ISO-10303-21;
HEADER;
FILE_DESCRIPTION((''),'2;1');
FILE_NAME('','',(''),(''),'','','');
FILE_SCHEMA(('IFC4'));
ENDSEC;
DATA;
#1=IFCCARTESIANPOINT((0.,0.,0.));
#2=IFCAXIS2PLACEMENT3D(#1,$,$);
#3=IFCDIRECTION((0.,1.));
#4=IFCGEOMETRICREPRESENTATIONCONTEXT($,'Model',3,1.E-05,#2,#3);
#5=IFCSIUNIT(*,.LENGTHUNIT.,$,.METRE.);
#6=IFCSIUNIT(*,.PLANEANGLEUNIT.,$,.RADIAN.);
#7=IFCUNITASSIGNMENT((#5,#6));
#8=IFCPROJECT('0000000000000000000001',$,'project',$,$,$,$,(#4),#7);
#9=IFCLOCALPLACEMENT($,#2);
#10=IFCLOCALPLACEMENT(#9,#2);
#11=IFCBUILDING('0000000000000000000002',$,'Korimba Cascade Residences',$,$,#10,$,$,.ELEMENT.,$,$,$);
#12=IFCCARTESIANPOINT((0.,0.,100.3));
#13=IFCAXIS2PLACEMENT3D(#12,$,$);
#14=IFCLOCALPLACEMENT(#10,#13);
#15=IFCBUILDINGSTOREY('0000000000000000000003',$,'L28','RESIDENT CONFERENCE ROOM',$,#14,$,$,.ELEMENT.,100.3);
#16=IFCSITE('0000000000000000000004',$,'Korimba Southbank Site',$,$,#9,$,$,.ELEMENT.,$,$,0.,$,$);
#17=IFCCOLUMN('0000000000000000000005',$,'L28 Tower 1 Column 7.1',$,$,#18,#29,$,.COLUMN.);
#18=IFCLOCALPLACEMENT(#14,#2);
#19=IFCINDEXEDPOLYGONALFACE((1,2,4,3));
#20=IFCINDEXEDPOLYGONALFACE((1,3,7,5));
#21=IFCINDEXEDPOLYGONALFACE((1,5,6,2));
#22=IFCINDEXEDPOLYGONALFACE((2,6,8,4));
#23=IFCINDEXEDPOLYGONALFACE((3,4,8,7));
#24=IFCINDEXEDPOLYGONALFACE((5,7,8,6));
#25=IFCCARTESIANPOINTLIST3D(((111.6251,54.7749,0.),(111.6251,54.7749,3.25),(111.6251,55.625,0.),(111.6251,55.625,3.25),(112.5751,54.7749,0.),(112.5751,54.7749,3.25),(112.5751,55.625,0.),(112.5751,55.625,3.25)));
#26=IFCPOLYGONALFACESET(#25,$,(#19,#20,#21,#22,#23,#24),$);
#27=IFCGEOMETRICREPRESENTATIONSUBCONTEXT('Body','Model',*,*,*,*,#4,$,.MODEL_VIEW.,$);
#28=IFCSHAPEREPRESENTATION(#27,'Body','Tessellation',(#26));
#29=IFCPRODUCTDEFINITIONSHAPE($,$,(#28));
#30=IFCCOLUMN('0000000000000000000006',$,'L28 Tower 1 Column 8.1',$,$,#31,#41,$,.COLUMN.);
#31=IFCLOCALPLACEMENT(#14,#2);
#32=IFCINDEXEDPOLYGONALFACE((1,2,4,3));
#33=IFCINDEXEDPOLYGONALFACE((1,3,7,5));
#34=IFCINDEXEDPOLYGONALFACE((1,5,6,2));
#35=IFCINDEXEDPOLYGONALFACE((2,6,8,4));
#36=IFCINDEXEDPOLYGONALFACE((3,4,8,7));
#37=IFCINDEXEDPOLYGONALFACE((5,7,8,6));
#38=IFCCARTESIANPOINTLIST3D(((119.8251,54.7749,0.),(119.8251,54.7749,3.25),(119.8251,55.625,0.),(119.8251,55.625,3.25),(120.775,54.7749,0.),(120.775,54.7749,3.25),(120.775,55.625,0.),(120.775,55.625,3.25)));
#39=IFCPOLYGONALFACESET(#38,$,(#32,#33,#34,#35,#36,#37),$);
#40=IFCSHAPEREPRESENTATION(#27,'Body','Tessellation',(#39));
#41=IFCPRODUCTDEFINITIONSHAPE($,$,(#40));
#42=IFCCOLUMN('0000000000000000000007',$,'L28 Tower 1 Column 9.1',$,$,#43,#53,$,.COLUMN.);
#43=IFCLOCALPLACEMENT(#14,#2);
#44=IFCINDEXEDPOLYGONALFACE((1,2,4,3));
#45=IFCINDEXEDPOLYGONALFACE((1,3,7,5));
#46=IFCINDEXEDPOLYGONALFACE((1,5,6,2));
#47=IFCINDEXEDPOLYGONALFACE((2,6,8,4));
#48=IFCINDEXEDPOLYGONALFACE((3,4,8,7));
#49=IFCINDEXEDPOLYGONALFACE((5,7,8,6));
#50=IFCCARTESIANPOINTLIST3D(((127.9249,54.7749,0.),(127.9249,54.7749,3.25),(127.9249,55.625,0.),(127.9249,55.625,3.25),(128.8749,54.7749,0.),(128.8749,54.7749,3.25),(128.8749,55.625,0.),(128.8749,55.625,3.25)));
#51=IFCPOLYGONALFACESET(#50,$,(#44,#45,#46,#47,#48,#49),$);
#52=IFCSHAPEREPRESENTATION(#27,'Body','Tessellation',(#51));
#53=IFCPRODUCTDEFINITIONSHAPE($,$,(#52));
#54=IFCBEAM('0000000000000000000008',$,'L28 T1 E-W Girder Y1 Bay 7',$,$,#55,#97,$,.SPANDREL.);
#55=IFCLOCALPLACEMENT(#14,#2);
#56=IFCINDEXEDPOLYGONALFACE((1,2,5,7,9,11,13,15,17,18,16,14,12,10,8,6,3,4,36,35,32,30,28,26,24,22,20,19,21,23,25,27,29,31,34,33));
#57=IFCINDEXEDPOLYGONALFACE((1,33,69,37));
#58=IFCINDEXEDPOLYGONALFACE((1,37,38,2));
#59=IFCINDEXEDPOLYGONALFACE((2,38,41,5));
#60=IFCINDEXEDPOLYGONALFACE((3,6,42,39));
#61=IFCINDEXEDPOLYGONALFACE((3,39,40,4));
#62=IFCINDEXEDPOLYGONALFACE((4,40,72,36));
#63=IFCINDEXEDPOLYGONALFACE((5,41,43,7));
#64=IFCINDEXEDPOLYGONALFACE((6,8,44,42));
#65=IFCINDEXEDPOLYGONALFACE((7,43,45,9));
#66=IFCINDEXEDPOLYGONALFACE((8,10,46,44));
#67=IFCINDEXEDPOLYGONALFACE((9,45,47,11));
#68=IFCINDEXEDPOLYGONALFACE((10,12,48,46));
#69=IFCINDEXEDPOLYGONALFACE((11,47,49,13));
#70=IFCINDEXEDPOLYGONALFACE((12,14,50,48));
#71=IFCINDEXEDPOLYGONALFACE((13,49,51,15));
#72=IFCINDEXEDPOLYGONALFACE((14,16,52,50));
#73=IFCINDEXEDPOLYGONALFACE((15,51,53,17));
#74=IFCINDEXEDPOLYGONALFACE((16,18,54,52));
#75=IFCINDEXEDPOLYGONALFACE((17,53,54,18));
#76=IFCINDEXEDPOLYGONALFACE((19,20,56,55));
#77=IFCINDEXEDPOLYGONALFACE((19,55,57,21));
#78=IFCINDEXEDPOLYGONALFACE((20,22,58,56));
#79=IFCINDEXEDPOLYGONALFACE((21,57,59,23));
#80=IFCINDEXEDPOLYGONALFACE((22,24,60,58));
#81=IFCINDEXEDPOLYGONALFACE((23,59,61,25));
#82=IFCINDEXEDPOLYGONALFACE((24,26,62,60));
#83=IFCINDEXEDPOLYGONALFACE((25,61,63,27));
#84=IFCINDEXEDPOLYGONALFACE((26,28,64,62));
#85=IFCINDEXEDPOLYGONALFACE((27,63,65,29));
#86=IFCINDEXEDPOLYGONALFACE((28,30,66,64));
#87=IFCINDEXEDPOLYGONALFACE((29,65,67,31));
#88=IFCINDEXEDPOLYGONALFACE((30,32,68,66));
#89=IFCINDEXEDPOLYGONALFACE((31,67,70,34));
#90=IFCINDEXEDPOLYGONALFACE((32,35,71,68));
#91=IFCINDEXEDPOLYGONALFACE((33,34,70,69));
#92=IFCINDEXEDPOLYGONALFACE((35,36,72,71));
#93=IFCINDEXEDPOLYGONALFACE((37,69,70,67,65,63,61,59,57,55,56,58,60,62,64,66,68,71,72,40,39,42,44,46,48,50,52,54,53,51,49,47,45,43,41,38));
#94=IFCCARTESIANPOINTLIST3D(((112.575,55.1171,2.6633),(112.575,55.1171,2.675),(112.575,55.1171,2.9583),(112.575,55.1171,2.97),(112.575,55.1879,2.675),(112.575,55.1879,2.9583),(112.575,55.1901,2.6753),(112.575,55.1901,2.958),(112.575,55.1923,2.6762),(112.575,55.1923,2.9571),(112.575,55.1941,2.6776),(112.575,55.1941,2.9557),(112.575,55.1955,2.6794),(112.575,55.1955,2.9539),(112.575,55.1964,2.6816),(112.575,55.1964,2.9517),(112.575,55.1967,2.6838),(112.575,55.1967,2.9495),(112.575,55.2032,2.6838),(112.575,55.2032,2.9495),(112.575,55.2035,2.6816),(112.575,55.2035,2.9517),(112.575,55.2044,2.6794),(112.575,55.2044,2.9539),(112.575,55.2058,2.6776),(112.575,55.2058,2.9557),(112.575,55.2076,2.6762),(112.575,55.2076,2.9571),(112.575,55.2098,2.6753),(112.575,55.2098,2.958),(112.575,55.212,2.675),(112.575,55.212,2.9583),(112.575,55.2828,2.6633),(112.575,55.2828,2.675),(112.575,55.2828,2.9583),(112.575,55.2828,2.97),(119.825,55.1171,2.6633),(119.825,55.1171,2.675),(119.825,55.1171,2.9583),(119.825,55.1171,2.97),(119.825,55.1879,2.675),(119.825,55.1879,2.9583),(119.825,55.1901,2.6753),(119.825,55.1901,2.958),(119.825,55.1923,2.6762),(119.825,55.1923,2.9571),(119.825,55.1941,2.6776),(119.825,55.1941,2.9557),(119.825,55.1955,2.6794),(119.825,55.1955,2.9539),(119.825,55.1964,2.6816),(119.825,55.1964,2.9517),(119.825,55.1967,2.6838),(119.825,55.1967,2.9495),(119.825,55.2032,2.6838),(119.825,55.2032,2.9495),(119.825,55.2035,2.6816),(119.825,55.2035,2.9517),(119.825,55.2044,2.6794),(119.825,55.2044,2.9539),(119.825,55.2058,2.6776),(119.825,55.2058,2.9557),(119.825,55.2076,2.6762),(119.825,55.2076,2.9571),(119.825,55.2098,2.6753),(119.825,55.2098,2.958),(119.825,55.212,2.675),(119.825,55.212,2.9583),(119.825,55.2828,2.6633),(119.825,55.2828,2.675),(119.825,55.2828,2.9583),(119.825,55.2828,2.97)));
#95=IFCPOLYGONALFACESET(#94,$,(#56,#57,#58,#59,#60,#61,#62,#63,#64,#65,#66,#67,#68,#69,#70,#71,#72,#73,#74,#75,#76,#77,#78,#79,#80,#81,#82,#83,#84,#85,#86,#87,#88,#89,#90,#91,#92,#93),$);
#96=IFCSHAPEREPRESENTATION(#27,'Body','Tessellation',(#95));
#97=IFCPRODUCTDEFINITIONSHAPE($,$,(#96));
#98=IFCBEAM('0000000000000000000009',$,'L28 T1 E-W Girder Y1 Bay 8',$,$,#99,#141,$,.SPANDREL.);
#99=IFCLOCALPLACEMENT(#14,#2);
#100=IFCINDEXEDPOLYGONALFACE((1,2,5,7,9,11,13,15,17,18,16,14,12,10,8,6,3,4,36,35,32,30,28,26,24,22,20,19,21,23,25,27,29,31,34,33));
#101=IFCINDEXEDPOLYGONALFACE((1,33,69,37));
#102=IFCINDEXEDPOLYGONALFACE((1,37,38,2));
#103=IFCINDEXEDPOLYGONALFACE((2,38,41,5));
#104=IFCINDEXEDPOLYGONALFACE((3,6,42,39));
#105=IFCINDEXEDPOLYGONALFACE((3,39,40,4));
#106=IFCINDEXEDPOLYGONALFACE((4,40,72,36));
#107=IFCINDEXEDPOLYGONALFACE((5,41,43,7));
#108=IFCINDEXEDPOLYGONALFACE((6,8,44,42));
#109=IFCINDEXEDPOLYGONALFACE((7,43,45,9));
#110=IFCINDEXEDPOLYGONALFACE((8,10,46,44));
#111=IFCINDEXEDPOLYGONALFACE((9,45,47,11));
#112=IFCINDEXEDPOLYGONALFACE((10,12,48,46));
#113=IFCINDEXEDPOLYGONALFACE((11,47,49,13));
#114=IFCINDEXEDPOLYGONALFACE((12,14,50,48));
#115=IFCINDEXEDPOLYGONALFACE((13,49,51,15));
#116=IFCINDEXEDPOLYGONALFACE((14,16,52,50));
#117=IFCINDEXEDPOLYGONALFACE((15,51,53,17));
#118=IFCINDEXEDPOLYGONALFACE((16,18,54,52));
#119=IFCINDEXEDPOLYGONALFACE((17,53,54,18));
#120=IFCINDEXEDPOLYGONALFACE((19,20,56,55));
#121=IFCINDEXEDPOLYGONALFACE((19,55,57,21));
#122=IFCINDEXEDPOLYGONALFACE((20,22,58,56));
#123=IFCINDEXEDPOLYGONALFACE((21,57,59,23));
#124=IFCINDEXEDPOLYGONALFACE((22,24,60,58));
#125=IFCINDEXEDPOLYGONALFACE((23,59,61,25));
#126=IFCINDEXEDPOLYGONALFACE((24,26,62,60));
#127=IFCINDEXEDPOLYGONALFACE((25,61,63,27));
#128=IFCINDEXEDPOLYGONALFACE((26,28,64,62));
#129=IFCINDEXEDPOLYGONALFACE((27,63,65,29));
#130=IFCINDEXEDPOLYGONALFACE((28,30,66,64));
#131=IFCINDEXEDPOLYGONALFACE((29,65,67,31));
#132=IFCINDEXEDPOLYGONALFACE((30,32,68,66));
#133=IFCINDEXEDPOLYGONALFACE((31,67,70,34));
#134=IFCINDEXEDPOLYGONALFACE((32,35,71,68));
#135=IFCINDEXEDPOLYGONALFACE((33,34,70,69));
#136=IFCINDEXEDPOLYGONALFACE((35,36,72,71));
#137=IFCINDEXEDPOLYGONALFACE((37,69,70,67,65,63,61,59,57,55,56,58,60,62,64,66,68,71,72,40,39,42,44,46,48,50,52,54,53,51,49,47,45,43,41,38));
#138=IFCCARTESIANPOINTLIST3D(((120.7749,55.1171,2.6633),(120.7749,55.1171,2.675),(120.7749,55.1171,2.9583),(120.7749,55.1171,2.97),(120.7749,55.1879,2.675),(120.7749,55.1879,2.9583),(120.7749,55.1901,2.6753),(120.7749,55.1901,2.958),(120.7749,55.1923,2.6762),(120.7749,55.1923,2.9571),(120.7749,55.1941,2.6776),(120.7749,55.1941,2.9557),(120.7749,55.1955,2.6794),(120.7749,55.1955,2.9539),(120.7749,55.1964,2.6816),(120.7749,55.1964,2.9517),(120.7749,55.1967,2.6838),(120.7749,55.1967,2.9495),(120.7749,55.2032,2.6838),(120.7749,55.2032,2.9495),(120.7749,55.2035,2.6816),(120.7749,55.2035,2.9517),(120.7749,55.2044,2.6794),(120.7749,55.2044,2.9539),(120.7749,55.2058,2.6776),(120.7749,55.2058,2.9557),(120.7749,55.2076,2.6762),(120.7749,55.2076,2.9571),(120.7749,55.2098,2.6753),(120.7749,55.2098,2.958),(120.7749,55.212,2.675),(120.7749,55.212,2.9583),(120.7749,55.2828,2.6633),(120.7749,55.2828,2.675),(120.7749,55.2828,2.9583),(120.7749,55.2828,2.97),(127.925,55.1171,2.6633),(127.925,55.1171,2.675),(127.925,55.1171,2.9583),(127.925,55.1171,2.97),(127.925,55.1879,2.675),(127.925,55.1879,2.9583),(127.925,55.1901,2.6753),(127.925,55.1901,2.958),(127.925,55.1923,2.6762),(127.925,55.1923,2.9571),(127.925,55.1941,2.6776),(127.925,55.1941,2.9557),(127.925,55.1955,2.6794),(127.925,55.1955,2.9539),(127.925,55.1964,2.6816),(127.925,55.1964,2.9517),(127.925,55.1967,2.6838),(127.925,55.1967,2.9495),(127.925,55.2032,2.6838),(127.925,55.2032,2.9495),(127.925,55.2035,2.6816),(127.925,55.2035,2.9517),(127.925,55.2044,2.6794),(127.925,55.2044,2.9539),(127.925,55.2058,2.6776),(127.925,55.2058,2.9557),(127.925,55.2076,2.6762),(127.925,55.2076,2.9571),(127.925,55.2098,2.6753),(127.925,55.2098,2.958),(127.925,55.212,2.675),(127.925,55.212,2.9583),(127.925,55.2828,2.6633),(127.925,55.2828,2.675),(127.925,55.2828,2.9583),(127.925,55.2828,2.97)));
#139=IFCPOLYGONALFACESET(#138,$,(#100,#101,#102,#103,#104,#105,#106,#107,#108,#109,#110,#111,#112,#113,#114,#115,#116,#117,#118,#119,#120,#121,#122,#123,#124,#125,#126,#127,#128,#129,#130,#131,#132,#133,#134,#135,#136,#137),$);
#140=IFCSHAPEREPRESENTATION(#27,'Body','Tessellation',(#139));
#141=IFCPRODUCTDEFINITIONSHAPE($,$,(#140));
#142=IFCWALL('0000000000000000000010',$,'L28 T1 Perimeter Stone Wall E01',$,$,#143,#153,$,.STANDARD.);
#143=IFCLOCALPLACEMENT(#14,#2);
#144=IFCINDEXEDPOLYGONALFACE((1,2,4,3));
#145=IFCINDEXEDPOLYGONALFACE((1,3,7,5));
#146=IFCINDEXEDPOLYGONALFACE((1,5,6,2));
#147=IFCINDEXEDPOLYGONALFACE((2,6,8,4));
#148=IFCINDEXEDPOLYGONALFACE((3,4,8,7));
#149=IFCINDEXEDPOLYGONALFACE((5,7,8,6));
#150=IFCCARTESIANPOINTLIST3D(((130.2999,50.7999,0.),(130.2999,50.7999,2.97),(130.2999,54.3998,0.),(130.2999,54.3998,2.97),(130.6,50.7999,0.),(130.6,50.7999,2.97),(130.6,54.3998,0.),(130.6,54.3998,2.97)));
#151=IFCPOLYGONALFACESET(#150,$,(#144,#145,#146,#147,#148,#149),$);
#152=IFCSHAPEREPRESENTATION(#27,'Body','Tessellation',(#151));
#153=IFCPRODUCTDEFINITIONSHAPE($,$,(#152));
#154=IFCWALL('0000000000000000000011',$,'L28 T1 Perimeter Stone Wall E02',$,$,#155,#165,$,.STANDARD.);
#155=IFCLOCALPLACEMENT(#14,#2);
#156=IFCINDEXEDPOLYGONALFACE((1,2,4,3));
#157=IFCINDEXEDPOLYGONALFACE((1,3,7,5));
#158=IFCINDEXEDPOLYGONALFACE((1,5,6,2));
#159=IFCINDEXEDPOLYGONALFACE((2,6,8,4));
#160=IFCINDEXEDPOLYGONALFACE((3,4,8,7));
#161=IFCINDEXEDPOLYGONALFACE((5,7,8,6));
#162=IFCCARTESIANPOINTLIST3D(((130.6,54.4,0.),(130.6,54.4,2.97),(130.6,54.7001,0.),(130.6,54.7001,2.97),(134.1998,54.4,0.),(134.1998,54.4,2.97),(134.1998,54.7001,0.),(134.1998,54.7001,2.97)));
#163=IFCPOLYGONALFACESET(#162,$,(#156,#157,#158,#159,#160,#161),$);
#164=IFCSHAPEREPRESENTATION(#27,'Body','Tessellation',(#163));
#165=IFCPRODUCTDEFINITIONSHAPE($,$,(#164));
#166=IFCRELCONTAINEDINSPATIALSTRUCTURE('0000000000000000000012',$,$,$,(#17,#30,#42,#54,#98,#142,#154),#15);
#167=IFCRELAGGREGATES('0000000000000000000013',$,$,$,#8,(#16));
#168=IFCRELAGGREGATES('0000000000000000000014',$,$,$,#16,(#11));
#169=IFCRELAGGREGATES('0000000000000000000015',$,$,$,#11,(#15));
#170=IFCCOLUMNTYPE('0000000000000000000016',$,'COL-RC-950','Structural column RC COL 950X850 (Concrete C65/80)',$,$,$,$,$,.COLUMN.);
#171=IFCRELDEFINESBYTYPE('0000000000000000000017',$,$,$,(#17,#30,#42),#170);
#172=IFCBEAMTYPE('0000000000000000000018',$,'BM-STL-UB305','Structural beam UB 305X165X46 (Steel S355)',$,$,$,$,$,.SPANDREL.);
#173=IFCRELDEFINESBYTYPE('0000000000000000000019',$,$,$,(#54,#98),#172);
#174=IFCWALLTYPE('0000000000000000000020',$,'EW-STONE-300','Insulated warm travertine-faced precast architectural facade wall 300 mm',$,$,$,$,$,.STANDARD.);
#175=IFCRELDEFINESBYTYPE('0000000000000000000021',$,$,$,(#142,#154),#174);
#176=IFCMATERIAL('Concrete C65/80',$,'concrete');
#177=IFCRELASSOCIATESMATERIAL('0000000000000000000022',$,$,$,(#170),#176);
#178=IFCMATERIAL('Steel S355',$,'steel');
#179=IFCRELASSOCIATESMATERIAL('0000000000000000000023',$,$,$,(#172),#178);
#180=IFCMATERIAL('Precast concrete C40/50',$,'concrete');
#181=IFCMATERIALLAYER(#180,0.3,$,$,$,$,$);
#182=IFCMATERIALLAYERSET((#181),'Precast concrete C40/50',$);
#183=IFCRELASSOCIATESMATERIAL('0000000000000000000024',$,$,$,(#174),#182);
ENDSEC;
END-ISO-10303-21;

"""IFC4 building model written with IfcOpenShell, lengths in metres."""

from ifc_helpers import new_model, si_unit, direction, frame, frame_2d, origin, origin_2d, place, context, subcontext, project, spatial, rectangle, i_section, extrude, material, layer, layer_set, material_profile, profile_set, type_object, element, save


model = new_model("IFC4")

# Units and contexts
model_context = context("Model", 3, precision=1e-05, world=origin(), true_north=direction((0.0, 1.0)))
body_context = subcontext(model_context, "Body", "Model", "MODEL_VIEW")
ifc_project = project(units=[si_unit("LENGTHUNIT", "METRE"), si_unit("PLANEANGLEUNIT", "RADIAN")], contexts=[model_context])

# Site, building, storey
site_placement = place(None, origin())
site = spatial("IfcSite", under=ifc_project, at=site_placement, Name="Korimba Southbank Site", CompositionType="ELEMENT", RefElevation=0.0)
building_placement = place(site_placement, origin())
building = spatial("IfcBuilding", under=site, at=building_placement, Name="Korimba Cascade Residences", CompositionType="ELEMENT")
storey_placement = place(building_placement, frame((0.0, 0.0, 100.3)))
storey = spatial("IfcBuildingStorey", under=building, at=storey_placement, Name="L28", Description="RESIDENT CONFERENCE ROOM", CompositionType="ELEMENT", Elevation=100.3)

# Columns
ifc_material_1 = material(Name="Concrete C65/80", Category="concrete")
ifc_material_profile_1 = material_profile(ifc_material_1, rectangle(XDim=0.95, YDim=0.8501, at=origin_2d()), Name="Concrete C65/80")
ifc_profile_set_1 = profile_set([ifc_material_profile_1], Name="Concrete C65/80")
column_type = type_object("IfcColumnType", Name="COL-RC-950", Description="Structural column RC COL 950X850 (Concrete C65/80)", PredefinedType="COLUMN", material=ifc_profile_set_1)
for number, where, z_axis, x_axis, name in (
    (1, (112.1001, 55.2, 0.0), (0.0, 0.0, 1.0), (1.0, 0.0, 0.0), "L28 Tower 1 Column 7.1"),
    (2, (120.3, 55.2, 0.0), (0.0, 0.0, 1.0), (1.0, 0.0, 0.0), "L28 Tower 1 Column 8.1"),
    (3, (128.3999, 55.2, 0.0), (0.0, 0.0, 1.0), (1.0, 0.0, 0.0), "L28 Tower 1 Column 9.1"),
):
    element("IfcColumn", number, at=place(storey_placement, frame(where, z_axis=z_axis, x_axis=x_axis)), inside=storey, type_object=column_type, Name=name, PredefinedType="COLUMN", context=body_context, shape_type="SweptSolid", body=[
        extrude(rectangle(XDim=0.95, YDim=0.8501, at=origin_2d()), origin(), (0.0, 0.0, 1.0), 3.25),
    ])

# Beams
ifc_material_2 = material(Name="Steel S355", Category="steel")
ifc_material_profile_2 = material_profile(ifc_material_2, i_section(OverallWidth=0.1658, OverallDepth=0.3066, WebThickness=0.0066, FlangeThickness=0.0117, FilletRadius=0.0088, at=origin_2d()), Name="Steel S355")
ifc_profile_set_2 = profile_set([ifc_material_profile_2], Name="Steel S355")
beam_type = type_object("IfcBeamType", Name="BM-STL-UB305", Description="Structural beam UB 305X165X46 (Steel S355)", PredefinedType="SPANDREL", material=ifc_profile_set_2)
beam_1_placement = place(storey_placement, frame((112.575, 55.2, 2.8167), z_axis=(1.0, 0.0, 0.0), x_axis=(0.0, 1.0, 0.0)))
element("IfcBeam", 4, at=beam_1_placement, inside=storey, type_object=beam_type, Name="L28 T1 E-W Girder Y1 Bay 7", PredefinedType="SPANDREL", context=body_context, shape_type="SweptSolid", body=[
    extrude(i_section(OverallWidth=0.1658, OverallDepth=0.3066, WebThickness=0.0066, FlangeThickness=0.0117, FilletRadius=0.0088, at=origin_2d()), origin(), (0.0, 0.0, 1.0), 7.25),
])
beam_2_placement = place(storey_placement, frame((120.7749, 55.2, 2.8167), z_axis=(1.0, 0.0, 0.0), x_axis=(0.0, 1.0, 0.0)))
element("IfcBeam", 5, at=beam_2_placement, inside=storey, type_object=beam_type, Name="L28 T1 E-W Girder Y1 Bay 8", PredefinedType="SPANDREL", context=body_context, shape_type="SweptSolid", body=[
    extrude(i_section(OverallWidth=0.1658, OverallDepth=0.3066, WebThickness=0.0066, FlangeThickness=0.0117, FilletRadius=0.0088, at=origin_2d()), origin(), (0.0, 0.0, 1.0), 7.1501),
])

# Walls
ifc_material_3 = material(Name="Precast concrete C40/50", Category="concrete")
ifc_layer_1 = layer(ifc_material_3, 0.3)
ifc_layer_set_1 = layer_set([ifc_layer_1], Name="Precast concrete C40/50")
wall_type_1 = type_object("IfcWallType", Name="EW-STONE-300", Description="Insulated warm travertine-faced precast architectural facade wall 300 mm", PredefinedType="STANDARD", material=ifc_layer_set_1)
for number, where, z_axis, x_axis, name in (
    (6, (130.45, 50.8, 0.0), (0.0, 0.0, 1.0), (0.0, 1.0, 0.0), "L28 T1 Perimeter Stone Wall E01"),
    (7, (130.6001, 54.55, 0.0), (0.0, 0.0, 1.0), (1.0, 0.0, 0.0), "L28 T1 Perimeter Stone Wall E02"),
):
    element("IfcWall", number, at=place(storey_placement, frame(where, z_axis=z_axis, x_axis=x_axis)), inside=storey, type_object=wall_type_1, Name=name, PredefinedType="STANDARD", context=body_context, shape_type="SweptSolid", body=[
        extrude(rectangle(XDim=3.5999, YDim=0.3, at=frame_2d((1.7998, 0.0))), origin(), (0.0, 0.0, 1.0), 2.97),
    ])

save(model, "model.ifc")
